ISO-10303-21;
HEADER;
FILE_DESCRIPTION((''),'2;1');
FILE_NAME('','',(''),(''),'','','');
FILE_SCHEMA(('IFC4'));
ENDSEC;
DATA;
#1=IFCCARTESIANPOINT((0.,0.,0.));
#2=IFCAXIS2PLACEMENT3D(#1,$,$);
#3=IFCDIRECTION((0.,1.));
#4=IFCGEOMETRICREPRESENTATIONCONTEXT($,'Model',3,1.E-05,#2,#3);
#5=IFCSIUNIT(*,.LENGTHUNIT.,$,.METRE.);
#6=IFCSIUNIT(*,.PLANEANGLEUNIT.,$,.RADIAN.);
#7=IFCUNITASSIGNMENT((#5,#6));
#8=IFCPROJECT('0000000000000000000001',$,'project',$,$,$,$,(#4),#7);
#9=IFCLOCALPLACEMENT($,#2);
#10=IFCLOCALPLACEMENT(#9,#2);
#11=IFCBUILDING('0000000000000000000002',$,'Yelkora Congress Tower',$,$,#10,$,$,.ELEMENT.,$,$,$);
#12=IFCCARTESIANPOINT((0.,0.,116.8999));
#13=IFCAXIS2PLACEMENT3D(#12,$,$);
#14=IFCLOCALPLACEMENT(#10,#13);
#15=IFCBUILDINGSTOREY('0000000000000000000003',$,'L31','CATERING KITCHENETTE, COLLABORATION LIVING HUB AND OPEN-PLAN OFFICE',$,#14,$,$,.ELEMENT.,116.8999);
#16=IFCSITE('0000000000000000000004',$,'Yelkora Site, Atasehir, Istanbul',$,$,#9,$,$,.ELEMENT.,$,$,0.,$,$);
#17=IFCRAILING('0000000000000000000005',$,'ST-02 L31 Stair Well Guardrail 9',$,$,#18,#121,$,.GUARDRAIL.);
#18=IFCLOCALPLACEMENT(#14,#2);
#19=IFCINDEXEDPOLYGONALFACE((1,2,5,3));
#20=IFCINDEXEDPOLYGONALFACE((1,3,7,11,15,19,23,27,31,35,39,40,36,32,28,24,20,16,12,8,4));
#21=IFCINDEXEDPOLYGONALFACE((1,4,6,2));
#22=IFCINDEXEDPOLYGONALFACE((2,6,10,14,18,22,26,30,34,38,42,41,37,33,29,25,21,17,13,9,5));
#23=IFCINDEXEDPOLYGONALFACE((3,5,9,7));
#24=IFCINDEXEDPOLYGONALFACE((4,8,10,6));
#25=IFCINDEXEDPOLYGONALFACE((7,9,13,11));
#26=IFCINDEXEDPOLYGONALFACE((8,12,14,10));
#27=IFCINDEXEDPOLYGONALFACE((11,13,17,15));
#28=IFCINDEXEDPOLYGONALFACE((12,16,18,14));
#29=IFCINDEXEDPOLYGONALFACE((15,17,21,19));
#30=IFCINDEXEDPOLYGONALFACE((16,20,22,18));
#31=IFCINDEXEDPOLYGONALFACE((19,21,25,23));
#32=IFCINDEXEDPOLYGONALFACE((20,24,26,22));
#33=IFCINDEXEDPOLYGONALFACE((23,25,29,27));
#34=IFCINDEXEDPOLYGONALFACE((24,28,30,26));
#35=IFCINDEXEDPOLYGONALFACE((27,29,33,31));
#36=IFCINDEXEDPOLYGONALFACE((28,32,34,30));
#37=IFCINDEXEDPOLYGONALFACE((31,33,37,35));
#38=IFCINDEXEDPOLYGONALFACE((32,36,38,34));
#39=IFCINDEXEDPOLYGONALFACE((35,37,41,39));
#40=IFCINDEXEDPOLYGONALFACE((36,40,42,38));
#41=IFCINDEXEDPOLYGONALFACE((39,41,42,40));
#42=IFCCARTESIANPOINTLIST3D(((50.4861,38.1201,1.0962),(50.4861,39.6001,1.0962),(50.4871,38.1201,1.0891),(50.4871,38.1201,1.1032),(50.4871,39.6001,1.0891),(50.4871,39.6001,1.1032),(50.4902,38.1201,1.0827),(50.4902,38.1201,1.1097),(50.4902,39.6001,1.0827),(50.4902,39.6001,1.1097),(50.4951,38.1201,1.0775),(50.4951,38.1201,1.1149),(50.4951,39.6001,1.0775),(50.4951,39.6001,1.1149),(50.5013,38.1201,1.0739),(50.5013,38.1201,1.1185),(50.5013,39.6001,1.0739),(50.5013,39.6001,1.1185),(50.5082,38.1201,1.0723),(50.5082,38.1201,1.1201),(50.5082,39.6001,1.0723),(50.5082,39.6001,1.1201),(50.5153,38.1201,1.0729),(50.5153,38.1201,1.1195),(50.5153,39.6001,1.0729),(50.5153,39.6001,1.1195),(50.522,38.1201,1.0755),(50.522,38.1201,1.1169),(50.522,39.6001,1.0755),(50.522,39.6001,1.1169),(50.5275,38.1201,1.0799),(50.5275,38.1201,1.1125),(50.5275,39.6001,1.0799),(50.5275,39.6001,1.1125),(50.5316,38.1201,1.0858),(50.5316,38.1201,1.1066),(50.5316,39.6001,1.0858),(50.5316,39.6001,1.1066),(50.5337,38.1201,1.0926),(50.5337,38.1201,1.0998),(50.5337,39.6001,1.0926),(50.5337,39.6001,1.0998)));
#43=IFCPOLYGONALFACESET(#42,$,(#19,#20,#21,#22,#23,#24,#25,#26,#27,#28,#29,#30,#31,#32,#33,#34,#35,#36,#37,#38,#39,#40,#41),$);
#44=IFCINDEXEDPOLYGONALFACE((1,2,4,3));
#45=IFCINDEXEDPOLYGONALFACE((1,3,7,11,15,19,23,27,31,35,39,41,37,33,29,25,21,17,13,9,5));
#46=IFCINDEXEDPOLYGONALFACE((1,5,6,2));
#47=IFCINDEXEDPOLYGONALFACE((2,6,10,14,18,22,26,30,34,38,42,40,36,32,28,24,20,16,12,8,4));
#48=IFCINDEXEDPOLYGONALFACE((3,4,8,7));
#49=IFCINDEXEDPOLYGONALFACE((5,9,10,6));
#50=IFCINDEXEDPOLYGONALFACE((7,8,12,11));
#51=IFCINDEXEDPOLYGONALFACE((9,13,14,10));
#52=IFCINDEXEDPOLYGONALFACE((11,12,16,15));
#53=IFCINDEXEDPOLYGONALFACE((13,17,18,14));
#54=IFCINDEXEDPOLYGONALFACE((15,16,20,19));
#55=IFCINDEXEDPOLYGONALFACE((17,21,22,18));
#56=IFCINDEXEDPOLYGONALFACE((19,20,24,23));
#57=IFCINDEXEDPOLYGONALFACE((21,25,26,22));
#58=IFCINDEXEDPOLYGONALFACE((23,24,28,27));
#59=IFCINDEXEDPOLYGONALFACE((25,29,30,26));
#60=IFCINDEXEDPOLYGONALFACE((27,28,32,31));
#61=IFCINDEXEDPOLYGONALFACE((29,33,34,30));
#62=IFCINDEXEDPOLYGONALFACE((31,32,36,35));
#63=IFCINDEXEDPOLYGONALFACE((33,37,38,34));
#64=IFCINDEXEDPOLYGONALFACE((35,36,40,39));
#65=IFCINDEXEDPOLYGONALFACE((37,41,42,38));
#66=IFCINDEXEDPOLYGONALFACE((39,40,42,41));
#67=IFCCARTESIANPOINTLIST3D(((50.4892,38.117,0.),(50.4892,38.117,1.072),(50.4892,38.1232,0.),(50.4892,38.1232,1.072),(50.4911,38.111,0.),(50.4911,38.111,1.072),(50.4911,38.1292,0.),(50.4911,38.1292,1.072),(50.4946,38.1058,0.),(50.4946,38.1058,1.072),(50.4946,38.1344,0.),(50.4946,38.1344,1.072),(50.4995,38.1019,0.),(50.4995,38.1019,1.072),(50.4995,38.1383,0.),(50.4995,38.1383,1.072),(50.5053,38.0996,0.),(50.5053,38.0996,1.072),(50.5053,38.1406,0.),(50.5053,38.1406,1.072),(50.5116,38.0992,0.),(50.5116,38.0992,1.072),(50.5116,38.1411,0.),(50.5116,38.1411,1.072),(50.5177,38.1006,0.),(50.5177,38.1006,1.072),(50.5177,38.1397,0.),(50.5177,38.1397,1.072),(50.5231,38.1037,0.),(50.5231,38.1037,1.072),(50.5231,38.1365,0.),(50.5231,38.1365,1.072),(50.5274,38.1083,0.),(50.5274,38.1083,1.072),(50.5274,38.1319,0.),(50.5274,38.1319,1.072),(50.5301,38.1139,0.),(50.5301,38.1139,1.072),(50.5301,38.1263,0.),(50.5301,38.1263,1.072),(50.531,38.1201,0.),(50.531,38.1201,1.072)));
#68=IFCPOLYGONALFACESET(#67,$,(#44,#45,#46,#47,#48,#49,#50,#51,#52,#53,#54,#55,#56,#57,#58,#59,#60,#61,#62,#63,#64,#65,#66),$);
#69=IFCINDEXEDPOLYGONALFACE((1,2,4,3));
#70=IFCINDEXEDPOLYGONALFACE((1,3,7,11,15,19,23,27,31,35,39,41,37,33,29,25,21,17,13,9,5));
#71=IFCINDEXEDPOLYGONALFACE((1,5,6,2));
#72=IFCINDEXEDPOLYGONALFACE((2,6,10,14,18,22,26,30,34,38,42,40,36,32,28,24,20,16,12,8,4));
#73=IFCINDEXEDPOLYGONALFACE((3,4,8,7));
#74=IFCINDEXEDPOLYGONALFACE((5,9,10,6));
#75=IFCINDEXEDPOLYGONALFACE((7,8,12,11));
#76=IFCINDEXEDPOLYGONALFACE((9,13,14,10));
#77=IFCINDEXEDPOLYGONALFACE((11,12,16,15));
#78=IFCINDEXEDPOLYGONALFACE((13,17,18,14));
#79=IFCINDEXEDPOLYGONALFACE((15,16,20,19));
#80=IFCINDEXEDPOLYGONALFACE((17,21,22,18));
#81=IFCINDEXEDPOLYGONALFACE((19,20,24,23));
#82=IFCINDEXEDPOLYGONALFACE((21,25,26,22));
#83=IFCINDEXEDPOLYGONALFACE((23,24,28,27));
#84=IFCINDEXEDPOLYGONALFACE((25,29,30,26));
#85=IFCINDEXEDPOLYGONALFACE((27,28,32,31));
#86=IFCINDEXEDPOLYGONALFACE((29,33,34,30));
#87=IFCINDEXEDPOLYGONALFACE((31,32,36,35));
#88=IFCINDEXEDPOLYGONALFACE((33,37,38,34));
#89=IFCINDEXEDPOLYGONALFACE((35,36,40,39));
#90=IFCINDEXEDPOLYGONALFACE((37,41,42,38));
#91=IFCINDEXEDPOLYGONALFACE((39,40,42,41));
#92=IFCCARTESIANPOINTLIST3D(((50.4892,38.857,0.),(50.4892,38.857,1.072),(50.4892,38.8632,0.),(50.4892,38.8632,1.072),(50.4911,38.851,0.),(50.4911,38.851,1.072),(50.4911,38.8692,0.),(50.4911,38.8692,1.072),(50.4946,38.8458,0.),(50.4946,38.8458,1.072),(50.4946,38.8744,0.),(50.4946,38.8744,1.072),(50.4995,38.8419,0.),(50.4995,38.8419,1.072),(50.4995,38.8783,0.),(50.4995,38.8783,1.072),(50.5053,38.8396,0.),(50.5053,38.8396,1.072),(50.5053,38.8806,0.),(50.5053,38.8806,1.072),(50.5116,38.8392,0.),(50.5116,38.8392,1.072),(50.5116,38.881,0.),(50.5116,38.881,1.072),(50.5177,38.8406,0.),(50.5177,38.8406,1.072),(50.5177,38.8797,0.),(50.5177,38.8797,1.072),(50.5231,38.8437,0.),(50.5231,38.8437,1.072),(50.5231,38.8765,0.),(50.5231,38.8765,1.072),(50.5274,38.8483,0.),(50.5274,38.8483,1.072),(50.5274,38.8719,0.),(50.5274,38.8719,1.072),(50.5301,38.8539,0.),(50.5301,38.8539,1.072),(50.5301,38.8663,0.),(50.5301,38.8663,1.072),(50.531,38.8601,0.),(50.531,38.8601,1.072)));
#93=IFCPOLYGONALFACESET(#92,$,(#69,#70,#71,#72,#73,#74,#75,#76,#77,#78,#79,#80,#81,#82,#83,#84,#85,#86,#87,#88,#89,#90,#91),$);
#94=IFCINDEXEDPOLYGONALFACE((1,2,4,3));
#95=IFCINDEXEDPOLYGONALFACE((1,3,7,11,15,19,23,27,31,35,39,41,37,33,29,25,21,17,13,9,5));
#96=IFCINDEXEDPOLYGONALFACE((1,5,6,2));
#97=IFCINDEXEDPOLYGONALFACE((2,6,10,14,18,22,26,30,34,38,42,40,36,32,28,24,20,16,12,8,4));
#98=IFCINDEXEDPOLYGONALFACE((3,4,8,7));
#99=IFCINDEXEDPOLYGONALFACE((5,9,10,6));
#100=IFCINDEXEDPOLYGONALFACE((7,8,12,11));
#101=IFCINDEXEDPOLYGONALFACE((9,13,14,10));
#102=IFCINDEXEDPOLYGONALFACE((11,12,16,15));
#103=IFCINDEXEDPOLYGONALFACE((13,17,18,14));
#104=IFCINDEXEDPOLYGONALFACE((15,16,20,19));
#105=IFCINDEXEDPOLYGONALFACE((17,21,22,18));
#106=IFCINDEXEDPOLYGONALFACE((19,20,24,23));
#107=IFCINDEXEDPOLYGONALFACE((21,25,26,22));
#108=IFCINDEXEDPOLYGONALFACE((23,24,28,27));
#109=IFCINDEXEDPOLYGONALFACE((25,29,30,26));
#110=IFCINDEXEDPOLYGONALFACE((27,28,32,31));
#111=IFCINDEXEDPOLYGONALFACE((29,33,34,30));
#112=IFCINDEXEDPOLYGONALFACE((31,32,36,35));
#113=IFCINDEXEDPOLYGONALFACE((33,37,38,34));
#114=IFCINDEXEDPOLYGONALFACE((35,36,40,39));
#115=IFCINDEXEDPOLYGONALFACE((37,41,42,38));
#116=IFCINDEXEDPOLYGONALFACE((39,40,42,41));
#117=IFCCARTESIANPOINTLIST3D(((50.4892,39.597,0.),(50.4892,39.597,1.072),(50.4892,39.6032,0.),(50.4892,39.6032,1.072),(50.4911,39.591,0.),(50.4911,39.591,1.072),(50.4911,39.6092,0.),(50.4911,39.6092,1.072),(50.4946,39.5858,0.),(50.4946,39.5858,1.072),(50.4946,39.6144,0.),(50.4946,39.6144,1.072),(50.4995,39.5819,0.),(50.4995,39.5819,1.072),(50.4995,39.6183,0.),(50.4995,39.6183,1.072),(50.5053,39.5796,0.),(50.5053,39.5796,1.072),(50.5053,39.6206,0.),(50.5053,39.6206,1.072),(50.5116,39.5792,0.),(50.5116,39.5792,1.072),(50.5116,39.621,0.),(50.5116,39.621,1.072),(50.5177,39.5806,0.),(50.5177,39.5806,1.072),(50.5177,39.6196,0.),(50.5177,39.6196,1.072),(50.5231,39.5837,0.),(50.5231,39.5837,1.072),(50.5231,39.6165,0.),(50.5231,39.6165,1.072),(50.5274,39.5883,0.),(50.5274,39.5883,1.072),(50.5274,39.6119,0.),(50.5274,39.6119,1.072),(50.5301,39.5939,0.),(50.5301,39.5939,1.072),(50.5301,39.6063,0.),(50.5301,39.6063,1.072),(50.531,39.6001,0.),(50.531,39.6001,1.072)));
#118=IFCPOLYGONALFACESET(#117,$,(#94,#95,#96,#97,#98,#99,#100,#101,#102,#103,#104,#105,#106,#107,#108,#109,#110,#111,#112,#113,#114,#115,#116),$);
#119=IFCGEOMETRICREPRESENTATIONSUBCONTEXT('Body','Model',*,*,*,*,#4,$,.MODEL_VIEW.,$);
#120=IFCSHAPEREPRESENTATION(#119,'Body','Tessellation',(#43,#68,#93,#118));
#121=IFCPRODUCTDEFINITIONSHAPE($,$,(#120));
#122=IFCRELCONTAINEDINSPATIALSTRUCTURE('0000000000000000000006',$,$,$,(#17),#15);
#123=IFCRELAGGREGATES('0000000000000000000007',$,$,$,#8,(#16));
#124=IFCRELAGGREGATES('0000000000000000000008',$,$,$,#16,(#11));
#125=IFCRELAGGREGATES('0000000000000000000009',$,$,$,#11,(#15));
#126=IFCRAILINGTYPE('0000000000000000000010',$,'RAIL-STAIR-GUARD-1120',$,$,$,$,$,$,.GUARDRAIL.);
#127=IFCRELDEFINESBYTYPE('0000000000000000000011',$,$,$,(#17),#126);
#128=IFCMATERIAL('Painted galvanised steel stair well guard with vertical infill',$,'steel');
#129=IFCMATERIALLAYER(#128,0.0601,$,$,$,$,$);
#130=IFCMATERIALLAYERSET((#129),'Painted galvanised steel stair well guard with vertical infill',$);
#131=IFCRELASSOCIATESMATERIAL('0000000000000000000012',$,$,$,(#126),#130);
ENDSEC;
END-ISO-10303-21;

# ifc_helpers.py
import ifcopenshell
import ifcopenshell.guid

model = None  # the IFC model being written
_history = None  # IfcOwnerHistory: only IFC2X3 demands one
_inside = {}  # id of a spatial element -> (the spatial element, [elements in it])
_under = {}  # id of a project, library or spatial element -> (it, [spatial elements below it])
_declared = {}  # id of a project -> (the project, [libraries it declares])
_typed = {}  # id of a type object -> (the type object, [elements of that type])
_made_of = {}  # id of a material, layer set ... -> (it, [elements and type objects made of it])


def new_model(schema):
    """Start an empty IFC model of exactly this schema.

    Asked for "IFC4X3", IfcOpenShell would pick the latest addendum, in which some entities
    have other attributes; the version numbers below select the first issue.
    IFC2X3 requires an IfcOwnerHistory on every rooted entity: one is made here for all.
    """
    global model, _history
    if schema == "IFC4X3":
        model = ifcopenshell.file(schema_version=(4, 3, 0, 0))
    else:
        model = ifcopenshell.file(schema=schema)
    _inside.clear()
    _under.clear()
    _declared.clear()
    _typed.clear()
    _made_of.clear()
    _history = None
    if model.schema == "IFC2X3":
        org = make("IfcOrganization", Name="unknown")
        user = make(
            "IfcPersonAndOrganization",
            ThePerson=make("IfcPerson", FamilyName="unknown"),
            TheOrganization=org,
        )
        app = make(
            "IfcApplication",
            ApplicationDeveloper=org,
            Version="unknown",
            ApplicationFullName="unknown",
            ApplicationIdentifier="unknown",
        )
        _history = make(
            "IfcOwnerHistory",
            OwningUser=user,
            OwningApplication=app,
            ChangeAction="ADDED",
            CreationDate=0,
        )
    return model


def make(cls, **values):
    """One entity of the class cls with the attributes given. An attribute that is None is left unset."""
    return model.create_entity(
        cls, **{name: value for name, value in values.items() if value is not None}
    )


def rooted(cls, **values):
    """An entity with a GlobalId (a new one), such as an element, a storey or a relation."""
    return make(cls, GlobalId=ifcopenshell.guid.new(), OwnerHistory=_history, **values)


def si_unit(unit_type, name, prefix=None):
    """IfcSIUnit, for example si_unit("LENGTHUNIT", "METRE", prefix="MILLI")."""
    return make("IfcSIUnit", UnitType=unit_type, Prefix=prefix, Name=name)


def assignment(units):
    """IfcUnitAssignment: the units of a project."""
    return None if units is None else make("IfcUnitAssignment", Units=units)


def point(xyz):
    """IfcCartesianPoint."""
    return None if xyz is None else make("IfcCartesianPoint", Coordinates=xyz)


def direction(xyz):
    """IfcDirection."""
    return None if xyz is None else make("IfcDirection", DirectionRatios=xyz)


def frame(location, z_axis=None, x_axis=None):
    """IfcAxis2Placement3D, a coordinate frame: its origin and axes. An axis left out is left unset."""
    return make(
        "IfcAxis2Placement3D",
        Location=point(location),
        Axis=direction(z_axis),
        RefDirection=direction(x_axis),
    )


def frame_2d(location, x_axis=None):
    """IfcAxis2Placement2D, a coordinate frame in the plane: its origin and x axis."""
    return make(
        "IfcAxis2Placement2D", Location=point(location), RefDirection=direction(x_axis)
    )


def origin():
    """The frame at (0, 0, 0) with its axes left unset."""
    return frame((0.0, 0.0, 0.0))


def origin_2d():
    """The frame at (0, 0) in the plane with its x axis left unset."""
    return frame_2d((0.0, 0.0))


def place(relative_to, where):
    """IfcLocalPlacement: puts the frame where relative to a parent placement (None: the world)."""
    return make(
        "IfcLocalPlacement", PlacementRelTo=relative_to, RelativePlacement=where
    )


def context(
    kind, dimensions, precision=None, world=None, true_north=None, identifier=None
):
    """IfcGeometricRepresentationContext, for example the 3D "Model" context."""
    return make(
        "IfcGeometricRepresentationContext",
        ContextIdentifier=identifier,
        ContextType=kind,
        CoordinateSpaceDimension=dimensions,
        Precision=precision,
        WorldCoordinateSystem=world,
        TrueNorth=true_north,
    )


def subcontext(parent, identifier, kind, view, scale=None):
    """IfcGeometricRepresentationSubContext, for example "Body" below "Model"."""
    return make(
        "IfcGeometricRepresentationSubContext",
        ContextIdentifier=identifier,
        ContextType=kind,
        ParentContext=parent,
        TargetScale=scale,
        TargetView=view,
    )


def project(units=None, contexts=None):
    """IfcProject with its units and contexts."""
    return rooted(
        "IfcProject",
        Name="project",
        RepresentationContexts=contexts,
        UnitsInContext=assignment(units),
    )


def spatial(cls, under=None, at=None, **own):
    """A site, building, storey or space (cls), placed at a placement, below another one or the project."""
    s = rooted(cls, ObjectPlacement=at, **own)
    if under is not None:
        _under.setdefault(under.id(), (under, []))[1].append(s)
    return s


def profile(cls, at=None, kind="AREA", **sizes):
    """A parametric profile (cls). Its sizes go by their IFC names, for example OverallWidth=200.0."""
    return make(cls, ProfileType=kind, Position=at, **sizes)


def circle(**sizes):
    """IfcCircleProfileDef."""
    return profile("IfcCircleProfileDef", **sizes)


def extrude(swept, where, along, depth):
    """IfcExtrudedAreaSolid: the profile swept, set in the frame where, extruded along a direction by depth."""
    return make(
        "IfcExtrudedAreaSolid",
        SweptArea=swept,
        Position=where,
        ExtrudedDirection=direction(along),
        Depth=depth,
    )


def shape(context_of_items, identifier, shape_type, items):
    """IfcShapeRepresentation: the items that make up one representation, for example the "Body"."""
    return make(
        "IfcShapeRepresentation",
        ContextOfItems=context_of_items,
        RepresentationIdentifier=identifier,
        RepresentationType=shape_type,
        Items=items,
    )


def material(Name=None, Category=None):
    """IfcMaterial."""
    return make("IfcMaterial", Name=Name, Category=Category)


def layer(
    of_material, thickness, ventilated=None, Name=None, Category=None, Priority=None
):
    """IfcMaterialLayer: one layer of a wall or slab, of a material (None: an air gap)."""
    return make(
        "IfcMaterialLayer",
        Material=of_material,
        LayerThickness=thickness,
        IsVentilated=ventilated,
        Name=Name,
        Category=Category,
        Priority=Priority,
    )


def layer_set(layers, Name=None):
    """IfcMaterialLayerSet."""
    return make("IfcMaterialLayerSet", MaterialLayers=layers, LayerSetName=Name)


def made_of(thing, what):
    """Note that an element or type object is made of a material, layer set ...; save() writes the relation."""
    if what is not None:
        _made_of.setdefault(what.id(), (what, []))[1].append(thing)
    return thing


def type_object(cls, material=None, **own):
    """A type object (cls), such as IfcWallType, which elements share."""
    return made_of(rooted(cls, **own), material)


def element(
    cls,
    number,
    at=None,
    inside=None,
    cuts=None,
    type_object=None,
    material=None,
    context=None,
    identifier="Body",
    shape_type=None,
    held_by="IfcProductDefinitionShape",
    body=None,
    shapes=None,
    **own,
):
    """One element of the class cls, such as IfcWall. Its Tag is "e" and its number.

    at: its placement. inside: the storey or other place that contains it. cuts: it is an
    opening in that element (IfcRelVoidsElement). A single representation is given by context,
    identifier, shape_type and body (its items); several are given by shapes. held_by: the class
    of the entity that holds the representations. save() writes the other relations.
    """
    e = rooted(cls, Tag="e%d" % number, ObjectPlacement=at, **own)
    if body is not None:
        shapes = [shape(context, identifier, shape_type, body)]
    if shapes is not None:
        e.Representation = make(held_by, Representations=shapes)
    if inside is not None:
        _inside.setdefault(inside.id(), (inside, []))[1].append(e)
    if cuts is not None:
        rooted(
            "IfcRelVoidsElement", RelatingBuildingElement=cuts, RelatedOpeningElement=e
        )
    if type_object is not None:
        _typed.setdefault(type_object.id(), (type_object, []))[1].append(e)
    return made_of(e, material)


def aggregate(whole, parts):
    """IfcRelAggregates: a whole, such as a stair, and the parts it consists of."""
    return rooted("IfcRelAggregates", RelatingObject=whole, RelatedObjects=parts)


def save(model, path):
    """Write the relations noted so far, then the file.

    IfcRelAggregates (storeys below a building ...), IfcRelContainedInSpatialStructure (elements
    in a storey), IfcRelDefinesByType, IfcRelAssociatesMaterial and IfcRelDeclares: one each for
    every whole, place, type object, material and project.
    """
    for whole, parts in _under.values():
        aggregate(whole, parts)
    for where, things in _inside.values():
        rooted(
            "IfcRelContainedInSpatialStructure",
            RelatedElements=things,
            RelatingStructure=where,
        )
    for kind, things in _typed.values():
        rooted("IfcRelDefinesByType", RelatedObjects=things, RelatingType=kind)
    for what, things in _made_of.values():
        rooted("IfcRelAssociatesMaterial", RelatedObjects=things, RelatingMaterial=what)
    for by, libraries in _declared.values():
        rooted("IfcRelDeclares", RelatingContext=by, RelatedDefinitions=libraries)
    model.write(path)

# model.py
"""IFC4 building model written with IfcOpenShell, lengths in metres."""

from ifc_helpers import new_model, si_unit, direction, frame, origin, origin_2d, place, context, subcontext, project, spatial, circle, extrude, material, layer, layer_set, type_object, element, save


model = new_model("IFC4")

# Units and contexts
model_context = context("Model", 3, precision=1e-05, world=origin(), true_north=direction((0.0, 1.0)))
body_context = subcontext(model_context, "Body", "Model", "MODEL_VIEW")
ifc_project = project(units=[si_unit("LENGTHUNIT", "METRE"), si_unit("PLANEANGLEUNIT", "RADIAN")], contexts=[model_context])

# Site, building, storey
site_placement = place(None, origin())
site = spatial("IfcSite", under=ifc_project, at=site_placement, Name="Yelkora Site, Atasehir, Istanbul", CompositionType="ELEMENT", RefElevation=0.0)
building_placement = place(site_placement, origin())
building = spatial("IfcBuilding", under=site, at=building_placement, Name="Yelkora Congress Tower", CompositionType="ELEMENT")
storey_placement = place(building_placement, frame((0.0, 0.0, 116.8999)))
storey = spatial("IfcBuildingStorey", under=building, at=storey_placement, Name="L31", Description="CATERING KITCHENETTE, COLLABORATION LIVING HUB AND OPEN-PLAN OFFICE", CompositionType="ELEMENT", Elevation=116.8999)

# Railing
ifc_material_1 = material(Name="Painted galvanised steel stair well guard with vertical infill", Category="steel")
ifc_layer_1 = layer(ifc_material_1, 0.0601)
ifc_layer_set_1 = layer_set([ifc_layer_1], Name="Painted galvanised steel stair well guard with vertical infill")
railing_type_1 = type_object("IfcRailingType", Name="RAIL-STAIR-GUARD-1120", PredefinedType="GUARDRAIL", material=ifc_layer_set_1)
for number, where, name in (
    (1, (50.51, 38.1201, 0.0), "ST-02 L31 Stair Well Guardrail 9"),
):
    element("IfcRailing", number, at=place(storey_placement, frame(where)), inside=storey, type_object=railing_type_1, Name=name, PredefinedType="GUARDRAIL", context=body_context, shape_type="SweptSolid", body=[
        extrude(circle(Radius=0.0239, at=origin_2d()), frame((0.0, 0.0, 1.0962), z_axis=(0.0, 1.0, 0.0), x_axis=(-1.0, 0.0, 0.0)), (0.0, 0.0, 1.0), 1.48),
        extrude(circle(Radius=0.021, at=origin_2d()), origin(), (0.0, 0.0, 1.0), 1.072),
        extrude(circle(Radius=0.021, at=origin_2d()), frame((0.0, 0.74, 0.0)), (0.0, 0.0, 1.0), 1.072),
        extrude(circle(Radius=0.021, at=origin_2d()), frame((0.0, 1.48, 0.0)), (0.0, 0.0, 1.0), 1.072),
    ])

save(model, "model.ifc")
